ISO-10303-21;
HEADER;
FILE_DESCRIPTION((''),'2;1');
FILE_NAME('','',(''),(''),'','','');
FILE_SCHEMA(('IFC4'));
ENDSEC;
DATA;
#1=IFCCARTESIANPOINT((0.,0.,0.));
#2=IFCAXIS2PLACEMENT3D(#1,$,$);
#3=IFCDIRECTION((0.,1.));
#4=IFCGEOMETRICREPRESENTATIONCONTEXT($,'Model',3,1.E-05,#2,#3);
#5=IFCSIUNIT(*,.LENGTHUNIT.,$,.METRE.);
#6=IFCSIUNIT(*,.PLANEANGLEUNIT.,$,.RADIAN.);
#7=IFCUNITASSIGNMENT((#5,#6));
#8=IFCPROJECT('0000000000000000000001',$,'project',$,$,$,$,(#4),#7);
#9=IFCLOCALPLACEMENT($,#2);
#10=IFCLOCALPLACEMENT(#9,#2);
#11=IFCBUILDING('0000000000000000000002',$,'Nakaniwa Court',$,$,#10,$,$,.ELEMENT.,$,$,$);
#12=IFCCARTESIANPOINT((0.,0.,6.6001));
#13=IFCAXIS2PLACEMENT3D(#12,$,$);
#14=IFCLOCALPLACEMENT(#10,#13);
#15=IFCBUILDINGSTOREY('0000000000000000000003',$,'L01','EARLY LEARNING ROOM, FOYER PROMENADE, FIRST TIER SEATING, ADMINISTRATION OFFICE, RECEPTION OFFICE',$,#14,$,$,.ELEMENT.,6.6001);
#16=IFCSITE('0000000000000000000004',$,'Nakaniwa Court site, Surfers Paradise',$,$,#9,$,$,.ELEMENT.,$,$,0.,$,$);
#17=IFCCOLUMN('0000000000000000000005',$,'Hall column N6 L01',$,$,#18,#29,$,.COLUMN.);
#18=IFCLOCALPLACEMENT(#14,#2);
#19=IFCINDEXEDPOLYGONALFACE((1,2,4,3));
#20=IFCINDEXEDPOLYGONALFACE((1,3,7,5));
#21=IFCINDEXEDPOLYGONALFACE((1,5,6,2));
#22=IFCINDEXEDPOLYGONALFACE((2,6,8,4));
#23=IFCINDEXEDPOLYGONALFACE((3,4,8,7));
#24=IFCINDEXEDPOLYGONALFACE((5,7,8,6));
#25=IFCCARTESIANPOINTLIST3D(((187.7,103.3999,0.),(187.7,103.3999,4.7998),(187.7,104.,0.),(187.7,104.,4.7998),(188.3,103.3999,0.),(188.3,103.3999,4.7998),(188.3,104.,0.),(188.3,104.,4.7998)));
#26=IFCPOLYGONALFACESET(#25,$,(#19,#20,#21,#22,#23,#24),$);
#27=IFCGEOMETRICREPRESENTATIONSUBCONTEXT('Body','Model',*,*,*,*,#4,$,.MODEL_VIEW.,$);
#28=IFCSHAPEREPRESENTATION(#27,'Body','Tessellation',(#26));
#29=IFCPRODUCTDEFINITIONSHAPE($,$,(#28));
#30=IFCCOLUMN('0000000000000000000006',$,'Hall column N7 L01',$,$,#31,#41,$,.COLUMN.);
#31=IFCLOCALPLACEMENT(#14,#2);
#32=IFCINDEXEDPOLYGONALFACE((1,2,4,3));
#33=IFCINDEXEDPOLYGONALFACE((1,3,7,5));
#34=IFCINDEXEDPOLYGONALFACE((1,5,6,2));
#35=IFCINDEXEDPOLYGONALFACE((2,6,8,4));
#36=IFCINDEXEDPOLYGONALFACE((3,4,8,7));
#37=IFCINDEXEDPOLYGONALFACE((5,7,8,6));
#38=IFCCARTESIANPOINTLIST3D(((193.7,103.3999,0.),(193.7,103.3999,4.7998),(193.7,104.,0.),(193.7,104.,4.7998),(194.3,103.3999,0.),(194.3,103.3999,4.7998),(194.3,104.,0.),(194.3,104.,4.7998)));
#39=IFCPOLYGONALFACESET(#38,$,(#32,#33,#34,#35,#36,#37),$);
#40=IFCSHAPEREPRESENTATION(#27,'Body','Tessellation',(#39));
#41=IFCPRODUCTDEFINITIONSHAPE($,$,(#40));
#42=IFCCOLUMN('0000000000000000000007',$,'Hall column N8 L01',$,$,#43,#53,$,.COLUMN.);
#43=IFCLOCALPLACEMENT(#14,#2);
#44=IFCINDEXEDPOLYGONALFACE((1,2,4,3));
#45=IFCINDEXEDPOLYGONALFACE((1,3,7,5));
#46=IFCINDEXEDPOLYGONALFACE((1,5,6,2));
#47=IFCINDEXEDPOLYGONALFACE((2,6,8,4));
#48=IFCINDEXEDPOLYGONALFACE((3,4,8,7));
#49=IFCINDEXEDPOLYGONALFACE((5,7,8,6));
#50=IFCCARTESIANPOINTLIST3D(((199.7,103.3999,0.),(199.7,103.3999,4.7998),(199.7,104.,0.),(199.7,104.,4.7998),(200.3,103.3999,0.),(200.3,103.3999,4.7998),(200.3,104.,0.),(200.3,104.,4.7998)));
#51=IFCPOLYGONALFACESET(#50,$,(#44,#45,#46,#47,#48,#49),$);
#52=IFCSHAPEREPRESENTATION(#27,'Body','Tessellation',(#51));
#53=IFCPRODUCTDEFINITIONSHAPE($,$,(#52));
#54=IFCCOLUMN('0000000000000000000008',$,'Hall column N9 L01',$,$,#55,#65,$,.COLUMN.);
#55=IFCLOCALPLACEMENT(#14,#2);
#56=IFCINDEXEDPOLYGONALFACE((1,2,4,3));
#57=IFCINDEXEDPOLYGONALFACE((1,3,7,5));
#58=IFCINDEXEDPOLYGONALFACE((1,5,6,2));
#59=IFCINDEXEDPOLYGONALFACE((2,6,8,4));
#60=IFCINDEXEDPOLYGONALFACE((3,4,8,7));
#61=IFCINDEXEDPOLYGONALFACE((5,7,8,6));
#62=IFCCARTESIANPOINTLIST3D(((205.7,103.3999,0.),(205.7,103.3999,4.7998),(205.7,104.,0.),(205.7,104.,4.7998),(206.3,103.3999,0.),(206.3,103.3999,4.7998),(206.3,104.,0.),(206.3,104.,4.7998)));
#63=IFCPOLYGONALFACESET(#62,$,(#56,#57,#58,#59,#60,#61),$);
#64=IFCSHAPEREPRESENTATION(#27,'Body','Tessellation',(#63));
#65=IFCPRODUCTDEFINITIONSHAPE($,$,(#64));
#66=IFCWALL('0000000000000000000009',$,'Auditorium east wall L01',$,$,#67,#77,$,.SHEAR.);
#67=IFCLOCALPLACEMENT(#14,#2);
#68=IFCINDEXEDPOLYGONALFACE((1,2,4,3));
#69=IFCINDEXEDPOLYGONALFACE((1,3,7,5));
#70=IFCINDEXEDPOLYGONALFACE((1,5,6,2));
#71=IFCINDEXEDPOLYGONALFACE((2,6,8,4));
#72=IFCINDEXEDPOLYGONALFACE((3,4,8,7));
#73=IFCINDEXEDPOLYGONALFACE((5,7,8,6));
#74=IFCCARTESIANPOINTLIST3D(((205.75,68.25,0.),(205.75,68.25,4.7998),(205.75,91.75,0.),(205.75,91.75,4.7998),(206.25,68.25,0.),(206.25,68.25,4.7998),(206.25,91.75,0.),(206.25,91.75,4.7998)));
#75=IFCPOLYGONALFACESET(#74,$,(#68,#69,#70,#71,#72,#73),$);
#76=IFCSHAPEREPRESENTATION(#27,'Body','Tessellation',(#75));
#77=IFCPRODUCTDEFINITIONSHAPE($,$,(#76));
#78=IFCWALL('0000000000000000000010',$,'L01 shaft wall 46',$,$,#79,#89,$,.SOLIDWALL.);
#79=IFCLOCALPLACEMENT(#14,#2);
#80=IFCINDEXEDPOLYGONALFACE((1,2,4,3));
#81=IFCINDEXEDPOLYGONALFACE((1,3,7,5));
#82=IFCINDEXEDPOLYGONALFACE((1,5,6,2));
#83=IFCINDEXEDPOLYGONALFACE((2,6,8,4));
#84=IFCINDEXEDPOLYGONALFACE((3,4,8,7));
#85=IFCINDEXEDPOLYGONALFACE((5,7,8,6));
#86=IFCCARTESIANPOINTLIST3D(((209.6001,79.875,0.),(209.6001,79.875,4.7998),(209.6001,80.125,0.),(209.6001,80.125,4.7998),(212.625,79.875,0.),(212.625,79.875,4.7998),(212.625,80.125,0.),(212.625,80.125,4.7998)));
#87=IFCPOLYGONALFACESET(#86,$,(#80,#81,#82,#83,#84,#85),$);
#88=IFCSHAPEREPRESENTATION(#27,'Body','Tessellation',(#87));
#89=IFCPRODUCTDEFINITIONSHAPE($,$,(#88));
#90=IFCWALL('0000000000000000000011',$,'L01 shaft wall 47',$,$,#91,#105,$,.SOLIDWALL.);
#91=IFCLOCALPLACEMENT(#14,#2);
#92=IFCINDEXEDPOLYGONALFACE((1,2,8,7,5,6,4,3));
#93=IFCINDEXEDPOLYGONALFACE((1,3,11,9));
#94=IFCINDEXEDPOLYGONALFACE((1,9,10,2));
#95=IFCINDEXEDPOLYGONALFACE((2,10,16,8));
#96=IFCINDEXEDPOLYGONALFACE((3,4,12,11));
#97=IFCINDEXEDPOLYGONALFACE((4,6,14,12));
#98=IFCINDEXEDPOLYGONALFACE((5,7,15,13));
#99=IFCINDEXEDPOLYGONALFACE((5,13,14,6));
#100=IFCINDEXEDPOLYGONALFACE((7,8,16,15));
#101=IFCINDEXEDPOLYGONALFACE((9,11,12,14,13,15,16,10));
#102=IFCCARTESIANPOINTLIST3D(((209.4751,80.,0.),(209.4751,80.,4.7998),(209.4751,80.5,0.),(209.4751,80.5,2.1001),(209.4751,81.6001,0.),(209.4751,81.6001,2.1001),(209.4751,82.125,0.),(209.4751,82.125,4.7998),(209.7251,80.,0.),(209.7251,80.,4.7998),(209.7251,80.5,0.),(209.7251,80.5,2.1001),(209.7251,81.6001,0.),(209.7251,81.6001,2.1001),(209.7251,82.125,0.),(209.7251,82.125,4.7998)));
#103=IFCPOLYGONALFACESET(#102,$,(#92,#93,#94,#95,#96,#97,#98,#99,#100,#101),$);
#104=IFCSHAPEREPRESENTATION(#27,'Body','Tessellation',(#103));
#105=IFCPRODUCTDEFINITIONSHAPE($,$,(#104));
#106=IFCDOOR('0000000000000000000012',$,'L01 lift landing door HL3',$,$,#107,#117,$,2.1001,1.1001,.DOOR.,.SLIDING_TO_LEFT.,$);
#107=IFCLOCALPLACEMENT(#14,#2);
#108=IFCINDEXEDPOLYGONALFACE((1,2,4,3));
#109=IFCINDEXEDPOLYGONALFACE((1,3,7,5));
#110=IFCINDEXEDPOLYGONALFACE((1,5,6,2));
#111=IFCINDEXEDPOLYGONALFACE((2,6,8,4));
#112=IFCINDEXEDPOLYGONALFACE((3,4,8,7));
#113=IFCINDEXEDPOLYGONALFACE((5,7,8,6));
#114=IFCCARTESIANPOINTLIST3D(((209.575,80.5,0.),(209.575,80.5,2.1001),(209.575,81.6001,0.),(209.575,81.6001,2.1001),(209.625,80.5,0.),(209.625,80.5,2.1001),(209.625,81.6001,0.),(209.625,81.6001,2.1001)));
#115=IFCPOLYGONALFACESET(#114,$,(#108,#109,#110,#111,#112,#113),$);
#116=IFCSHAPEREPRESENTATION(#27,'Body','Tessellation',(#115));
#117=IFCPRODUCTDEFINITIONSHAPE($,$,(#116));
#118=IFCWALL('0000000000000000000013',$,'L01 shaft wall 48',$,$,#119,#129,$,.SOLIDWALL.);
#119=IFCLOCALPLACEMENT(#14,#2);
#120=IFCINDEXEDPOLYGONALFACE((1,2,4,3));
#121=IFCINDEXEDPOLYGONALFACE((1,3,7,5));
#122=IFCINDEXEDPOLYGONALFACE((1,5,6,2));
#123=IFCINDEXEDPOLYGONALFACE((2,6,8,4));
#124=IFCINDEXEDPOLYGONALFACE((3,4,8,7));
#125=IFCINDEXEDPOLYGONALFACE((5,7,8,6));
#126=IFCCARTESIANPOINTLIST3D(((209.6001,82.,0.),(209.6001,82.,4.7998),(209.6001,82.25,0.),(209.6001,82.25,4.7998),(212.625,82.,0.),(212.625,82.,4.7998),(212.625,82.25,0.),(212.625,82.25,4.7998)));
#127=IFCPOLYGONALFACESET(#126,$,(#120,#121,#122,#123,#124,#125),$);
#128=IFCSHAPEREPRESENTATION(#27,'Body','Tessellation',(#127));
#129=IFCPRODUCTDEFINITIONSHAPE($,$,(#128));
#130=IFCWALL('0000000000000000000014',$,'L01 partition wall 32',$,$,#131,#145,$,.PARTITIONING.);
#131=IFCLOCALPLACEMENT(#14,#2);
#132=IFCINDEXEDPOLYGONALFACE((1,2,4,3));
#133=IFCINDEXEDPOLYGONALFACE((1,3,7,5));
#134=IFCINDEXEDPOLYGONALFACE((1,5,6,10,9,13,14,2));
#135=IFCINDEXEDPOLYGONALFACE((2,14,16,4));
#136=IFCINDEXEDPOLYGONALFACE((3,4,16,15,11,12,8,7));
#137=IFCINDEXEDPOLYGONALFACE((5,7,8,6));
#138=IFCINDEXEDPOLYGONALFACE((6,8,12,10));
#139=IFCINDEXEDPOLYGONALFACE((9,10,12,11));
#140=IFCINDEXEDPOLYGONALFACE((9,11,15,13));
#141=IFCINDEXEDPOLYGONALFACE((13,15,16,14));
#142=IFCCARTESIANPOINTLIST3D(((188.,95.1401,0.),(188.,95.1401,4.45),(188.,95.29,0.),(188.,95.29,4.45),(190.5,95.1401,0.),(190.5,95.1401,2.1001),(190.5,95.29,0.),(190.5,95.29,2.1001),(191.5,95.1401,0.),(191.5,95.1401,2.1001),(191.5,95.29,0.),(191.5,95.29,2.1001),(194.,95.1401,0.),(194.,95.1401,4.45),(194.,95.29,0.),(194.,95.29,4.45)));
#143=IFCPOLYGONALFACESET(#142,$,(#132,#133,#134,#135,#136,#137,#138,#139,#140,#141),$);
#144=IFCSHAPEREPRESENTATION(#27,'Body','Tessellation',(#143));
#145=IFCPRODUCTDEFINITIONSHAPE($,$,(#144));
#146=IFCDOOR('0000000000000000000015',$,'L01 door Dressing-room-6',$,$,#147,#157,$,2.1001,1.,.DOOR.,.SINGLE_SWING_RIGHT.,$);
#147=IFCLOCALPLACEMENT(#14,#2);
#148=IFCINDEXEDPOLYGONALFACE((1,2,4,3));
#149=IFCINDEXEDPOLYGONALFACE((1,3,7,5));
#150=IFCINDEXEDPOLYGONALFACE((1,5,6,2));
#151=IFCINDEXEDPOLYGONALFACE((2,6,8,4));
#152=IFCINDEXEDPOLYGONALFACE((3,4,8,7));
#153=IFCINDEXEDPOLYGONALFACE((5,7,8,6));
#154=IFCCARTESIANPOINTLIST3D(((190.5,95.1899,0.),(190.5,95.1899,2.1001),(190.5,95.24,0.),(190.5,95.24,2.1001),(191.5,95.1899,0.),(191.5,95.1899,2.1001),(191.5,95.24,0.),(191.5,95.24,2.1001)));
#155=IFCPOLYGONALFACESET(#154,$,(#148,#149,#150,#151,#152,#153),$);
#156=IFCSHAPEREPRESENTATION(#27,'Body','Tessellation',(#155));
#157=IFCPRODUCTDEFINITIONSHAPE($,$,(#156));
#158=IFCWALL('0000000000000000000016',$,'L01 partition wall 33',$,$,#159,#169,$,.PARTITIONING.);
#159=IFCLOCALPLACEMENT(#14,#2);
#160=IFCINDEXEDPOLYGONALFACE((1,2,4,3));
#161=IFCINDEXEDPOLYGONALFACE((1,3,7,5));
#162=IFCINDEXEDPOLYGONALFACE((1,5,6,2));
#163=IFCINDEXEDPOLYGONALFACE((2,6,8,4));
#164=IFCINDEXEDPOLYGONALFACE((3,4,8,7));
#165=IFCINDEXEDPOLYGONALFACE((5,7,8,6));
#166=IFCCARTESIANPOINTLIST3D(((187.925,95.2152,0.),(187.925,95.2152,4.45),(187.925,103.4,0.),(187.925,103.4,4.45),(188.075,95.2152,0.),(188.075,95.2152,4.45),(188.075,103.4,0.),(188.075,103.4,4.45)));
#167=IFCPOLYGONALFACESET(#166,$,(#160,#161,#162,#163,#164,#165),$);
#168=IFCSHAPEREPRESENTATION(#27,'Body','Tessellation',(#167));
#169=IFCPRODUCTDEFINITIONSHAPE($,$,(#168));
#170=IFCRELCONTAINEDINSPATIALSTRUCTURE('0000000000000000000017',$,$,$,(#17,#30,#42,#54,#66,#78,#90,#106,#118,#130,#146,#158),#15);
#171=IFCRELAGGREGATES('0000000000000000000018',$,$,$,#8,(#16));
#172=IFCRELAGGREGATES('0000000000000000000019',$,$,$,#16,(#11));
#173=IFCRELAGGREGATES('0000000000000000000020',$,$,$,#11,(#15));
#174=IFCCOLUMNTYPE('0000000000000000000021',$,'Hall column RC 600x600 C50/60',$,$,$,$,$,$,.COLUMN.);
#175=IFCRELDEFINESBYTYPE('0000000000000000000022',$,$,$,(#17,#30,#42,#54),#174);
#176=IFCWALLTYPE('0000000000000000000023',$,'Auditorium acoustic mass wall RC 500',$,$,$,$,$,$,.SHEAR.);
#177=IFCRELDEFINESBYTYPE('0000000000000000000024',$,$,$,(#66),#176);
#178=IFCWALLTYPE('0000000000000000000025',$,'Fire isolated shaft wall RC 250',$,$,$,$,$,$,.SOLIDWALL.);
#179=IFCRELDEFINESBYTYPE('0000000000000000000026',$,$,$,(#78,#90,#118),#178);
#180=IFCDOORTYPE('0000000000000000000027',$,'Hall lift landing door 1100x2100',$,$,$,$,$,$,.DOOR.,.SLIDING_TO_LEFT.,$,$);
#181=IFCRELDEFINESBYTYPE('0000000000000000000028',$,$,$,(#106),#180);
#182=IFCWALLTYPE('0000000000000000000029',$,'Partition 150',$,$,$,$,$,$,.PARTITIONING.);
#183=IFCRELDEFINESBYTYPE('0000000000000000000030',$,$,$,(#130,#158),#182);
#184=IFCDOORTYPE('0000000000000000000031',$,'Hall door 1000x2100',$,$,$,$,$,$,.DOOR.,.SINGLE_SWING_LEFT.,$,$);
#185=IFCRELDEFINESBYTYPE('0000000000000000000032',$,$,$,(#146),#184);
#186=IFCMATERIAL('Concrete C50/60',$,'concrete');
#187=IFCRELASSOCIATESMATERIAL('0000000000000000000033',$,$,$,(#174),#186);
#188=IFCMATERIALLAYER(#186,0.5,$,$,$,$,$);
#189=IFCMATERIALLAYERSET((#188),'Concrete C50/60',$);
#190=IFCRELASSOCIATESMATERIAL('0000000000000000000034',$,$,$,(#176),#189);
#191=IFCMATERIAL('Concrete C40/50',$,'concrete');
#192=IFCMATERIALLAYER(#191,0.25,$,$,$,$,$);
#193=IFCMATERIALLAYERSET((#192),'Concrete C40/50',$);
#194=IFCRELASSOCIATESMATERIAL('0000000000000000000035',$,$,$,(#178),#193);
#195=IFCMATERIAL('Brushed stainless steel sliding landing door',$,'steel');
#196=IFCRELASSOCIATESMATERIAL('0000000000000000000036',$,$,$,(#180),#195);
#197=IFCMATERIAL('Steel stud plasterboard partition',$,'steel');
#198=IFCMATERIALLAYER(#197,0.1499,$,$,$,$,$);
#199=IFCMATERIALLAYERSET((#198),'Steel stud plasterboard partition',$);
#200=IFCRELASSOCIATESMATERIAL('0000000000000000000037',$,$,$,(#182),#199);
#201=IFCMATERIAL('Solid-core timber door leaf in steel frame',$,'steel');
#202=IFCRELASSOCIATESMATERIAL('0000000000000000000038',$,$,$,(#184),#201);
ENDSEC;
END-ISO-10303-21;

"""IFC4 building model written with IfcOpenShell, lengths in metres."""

from ifc_helpers import new_model, si_unit, direction, frame, frame_2d, origin, origin_2d, place, context, subcontext, project, spatial, rectangle, extrude, material, layer, layer_set, material_profile, profile_set, type_object, element, fill, save


model = new_model("IFC4")

# Units and contexts
model_context = context("Model", 3, precision=1e-05, world=origin(), true_north=direction((0.0, 1.0)))
body_context = subcontext(model_context, "Body", "Model", "MODEL_VIEW")
ifc_project = project(units=[si_unit("LENGTHUNIT", "METRE"), si_unit("PLANEANGLEUNIT", "RADIAN")], contexts=[model_context])

# Site, building, storey
site_placement = place(None, origin())
site = spatial("IfcSite", under=ifc_project, at=site_placement, Name="Nakaniwa Court site, Surfers Paradise", CompositionType="ELEMENT", RefElevation=0.0)
building_placement = place(site_placement, origin())
building = spatial("IfcBuilding", under=site, at=building_placement, Name="Nakaniwa Court", CompositionType="ELEMENT")
storey_placement = place(building_placement, frame((0.0, 0.0, 6.6001)))
storey = spatial("IfcBuildingStorey", under=building, at=storey_placement, Name="L01", Description="EARLY LEARNING ROOM, FOYER PROMENADE, FIRST TIER SEATING, ADMINISTRATION OFFICE, RECEPTION OFFICE", CompositionType="ELEMENT", Elevation=6.6001)

# Columns
ifc_material_1 = material(Name="Concrete C50/60", Category="concrete")
ifc_material_profile = material_profile(ifc_material_1, rectangle(XDim=0.6001, YDim=0.6001, at=origin_2d()), Name="RC 600x600")
ifc_profile_set = profile_set([ifc_material_profile], Name="Concrete C50/60")
column_type = type_object("IfcColumnType", Name="Hall column RC 600x600 C50/60", PredefinedType="COLUMN", material=ifc_profile_set)
for number, where, z_axis, x_axis, name in (
    (1, (188.0, 103.7, 0.0), (0.0, 0.0, 1.0), (1.0, 0.0, 0.0), "Hall column N6 L01"),
    (2, (194.0, 103.7, 0.0), (0.0, 0.0, 1.0), (1.0, 0.0, 0.0), "Hall column N7 L01"),
    (3, (200.0, 103.7, 0.0), (0.0, 0.0, 1.0), (1.0, 0.0, 0.0), "Hall column N8 L01"),
    (4, (206.0, 103.7, 0.0), (0.0, 0.0, 1.0), (1.0, 0.0, 0.0), "Hall column N9 L01"),
):
    element("IfcColumn", number, at=place(storey_placement, frame(where, z_axis=z_axis, x_axis=x_axis)), inside=storey, type_object=column_type, Name=name, PredefinedType="COLUMN", context=body_context, shape_type="SweptSolid", body=[
        extrude(rectangle(XDim=0.6001, YDim=0.6001, at=origin_2d()), origin(), (0.0, 0.0, 1.0), 4.7998),
    ])

# Walls
ifc_layer_1 = layer(ifc_material_1, 0.5)
ifc_layer_set_1 = layer_set([ifc_layer_1], Name="Concrete C50/60")
wall_type_1 = type_object("IfcWallType", Name="Auditorium acoustic mass wall RC 500", PredefinedType="SHEAR", material=ifc_layer_set_1)
wall_1_placement = place(storey_placement, frame((206.0, 91.75, 0.0), z_axis=(0.0, 0.0, 1.0), x_axis=(0.0, -1.0, 0.0)))
element("IfcWall", 5, at=wall_1_placement, inside=storey, type_object=wall_type_1, Name="Auditorium east wall L01", PredefinedType="SHEAR", context=body_context, shape_type="SweptSolid", body=[
    extrude(rectangle(XDim=23.5, YDim=0.5, at=frame_2d((11.75, 0.0))), origin(), (0.0, 0.0, 1.0), 4.7998),
])
ifc_material_2 = material(Name="Concrete C40/50", Category="concrete")
ifc_layer_2 = layer(ifc_material_2, 0.25)
ifc_layer_set_2 = layer_set([ifc_layer_2], Name="Concrete C40/50")
wall_type_2 = type_object("IfcWallType", Name="Fire isolated shaft wall RC 250", PredefinedType="SOLIDWALL", material=ifc_layer_set_2)
wall_2_placement = place(storey_placement, frame((209.6001, 80.0, 0.0), z_axis=(0.0, 0.0, 1.0), x_axis=(1.0, 0.0, 0.0)))
element("IfcWall", 6, at=wall_2_placement, inside=storey, type_object=wall_type_2, Name="L01 shaft wall 46", PredefinedType="SOLIDWALL", context=body_context, shape_type="SweptSolid", body=[
    extrude(rectangle(XDim=3.0249, YDim=0.25, at=frame_2d((1.5125, 0.0))), origin(), (0.0, 0.0, 1.0), 4.7998),
])

# Wall, opening, door
wall_3_placement = place(storey_placement, frame((209.6001, 82.125, 0.0), z_axis=(0.0, 0.0, 1.0), x_axis=(0.0, -1.0, 0.0)))
wall_3 = element("IfcWall", 7, at=wall_3_placement, inside=storey, type_object=wall_type_2, Name="L01 shaft wall 47", PredefinedType="SOLIDWALL", context=body_context, shape_type="SweptSolid", body=[
    extrude(rectangle(XDim=2.125, YDim=0.25, at=frame_2d((1.0625, 0.0))), origin(), (0.0, 0.0, 1.0), 4.7998),
])
opening_1_placement = place(wall_3_placement, frame((0.5249, 0.0, 0.0)))
opening_1 = element("IfcOpeningElement", 8, at=opening_1_placement, cuts=wall_3, PredefinedType="OPENING", context=body_context, shape_type="SweptSolid", body=[
    extrude(rectangle(XDim=1.1001, YDim=2.1001, at=frame_2d((0.55, 1.05))), frame((0.0, 0.135, 0.0), z_axis=(0.0, -1.0, 0.0), x_axis=(1.0, 0.0, 0.0)), (0.0, 0.0, 1.0), 0.27),
])
ifc_material_3 = material(Name="Brushed stainless steel sliding landing door", Category="steel")
door_type_1 = type_object("IfcDoorType", Name="Hall lift landing door 1100x2100", OperationType="SLIDING_TO_LEFT", PredefinedType="DOOR", material=ifc_material_3)
door_1_placement = place(opening_1_placement, origin())
door_1 = element("IfcDoor", 9, at=door_1_placement, inside=storey, type_object=door_type_1, Name="L01 lift landing door HL3", OperationType="SLIDING_TO_LEFT", OverallHeight=2.1001, OverallWidth=1.1001, PredefinedType="DOOR", context=body_context, shape_type="SweptSolid", body=[
    extrude(rectangle(XDim=1.1001, YDim=2.1001, at=frame_2d((0.55, 1.05))), frame((0.0, 0.0249, 0.0), z_axis=(0.0, -1.0, 0.0), x_axis=(1.0, 0.0, 0.0)), (0.0, 0.0, 1.0), 0.05),
])
fill(opening_1, door_1)

# Wall
wall_4_placement = place(storey_placement, frame((209.6001, 82.125, 0.0), z_axis=(0.0, 0.0, 1.0), x_axis=(1.0, 0.0, 0.0)))
element("IfcWall", 10, at=wall_4_placement, inside=storey, type_object=wall_type_2, Name="L01 shaft wall 48", PredefinedType="SOLIDWALL", context=body_context, shape_type="SweptSolid", body=[
    extrude(rectangle(XDim=3.0249, YDim=0.25, at=frame_2d((1.5125, 0.0))), origin(), (0.0, 0.0, 1.0), 4.7998),
])

# Wall, opening, door
ifc_material_4 = material(Name="Steel stud plasterboard partition", Category="steel")
ifc_layer_3 = layer(ifc_material_4, 0.1499)
ifc_layer_set_3 = layer_set([ifc_layer_3], Name="Steel stud plasterboard partition")
wall_type_3 = type_object("IfcWallType", Name="Partition 150", PredefinedType="PARTITIONING", material=ifc_layer_set_3)
wall_5_placement = place(storey_placement, frame((188.0, 95.2151, 0.0), z_axis=(0.0, 0.0, 1.0), x_axis=(1.0, 0.0, 0.0)))
wall_5 = element("IfcWall", 11, at=wall_5_placement, inside=storey, type_object=wall_type_3, Name="L01 partition wall 32", PredefinedType="PARTITIONING", context=body_context, shape_type="SweptSolid", body=[
    extrude(rectangle(XDim=6.0, YDim=0.1499, at=frame_2d((3.0, 0.0))), origin(), (0.0, 0.0, 1.0), 4.45),
])
opening_2_placement = place(wall_5_placement, frame((2.5, 0.0, 0.0)))
opening_2 = element("IfcOpeningElement", 12, at=opening_2_placement, cuts=wall_5, PredefinedType="OPENING", context=body_context, shape_type="SweptSolid", body=[
    extrude(rectangle(XDim=1.0, YDim=2.1001, at=frame_2d((0.5, 1.05))), frame((0.0, 0.085, 0.0), z_axis=(0.0, -1.0, 0.0), x_axis=(1.0, 0.0, 0.0)), (0.0, 0.0, 1.0), 0.1699),
])
ifc_material_5 = material(Name="Solid-core timber door leaf in steel frame", Category="steel")
door_type_2 = type_object("IfcDoorType", Name="Hall door 1000x2100", OperationType="SINGLE_SWING_LEFT", PredefinedType="DOOR", material=ifc_material_5)
door_2_placement = place(opening_2_placement, origin())
door_2 = element("IfcDoor", 13, at=door_2_placement, inside=storey, type_object=door_type_2, Name="L01 door Dressing-room-6", OperationType="SINGLE_SWING_RIGHT", OverallHeight=2.1001, OverallWidth=1.0, PredefinedType="DOOR", context=body_context, shape_type="SweptSolid", body=[
    extrude(rectangle(XDim=1.0, YDim=2.1001, at=frame_2d((0.5, 1.05))), frame((0.0, 0.0249, 0.0), z_axis=(0.0, -1.0, 0.0), x_axis=(1.0, 0.0, 0.0)), (0.0, 0.0, 1.0), 0.05),
])
fill(opening_2, door_2)

# Wall
wall_6_placement = place(storey_placement, frame((188.0, 103.3999, 0.0), z_axis=(0.0, 0.0, 1.0), x_axis=(0.0, -1.0, 0.0)))
element("IfcWall", 14, at=wall_6_placement, inside=storey, type_object=wall_type_3, Name="L01 partition wall 33", PredefinedType="PARTITIONING", context=body_context, shape_type="SweptSolid", body=[
    extrude(rectangle(XDim=8.1848, YDim=0.1499, at=frame_2d((4.0923, 0.0))), origin(), (0.0, 0.0, 1.0), 4.45),
])

save(model, "model.ifc")
